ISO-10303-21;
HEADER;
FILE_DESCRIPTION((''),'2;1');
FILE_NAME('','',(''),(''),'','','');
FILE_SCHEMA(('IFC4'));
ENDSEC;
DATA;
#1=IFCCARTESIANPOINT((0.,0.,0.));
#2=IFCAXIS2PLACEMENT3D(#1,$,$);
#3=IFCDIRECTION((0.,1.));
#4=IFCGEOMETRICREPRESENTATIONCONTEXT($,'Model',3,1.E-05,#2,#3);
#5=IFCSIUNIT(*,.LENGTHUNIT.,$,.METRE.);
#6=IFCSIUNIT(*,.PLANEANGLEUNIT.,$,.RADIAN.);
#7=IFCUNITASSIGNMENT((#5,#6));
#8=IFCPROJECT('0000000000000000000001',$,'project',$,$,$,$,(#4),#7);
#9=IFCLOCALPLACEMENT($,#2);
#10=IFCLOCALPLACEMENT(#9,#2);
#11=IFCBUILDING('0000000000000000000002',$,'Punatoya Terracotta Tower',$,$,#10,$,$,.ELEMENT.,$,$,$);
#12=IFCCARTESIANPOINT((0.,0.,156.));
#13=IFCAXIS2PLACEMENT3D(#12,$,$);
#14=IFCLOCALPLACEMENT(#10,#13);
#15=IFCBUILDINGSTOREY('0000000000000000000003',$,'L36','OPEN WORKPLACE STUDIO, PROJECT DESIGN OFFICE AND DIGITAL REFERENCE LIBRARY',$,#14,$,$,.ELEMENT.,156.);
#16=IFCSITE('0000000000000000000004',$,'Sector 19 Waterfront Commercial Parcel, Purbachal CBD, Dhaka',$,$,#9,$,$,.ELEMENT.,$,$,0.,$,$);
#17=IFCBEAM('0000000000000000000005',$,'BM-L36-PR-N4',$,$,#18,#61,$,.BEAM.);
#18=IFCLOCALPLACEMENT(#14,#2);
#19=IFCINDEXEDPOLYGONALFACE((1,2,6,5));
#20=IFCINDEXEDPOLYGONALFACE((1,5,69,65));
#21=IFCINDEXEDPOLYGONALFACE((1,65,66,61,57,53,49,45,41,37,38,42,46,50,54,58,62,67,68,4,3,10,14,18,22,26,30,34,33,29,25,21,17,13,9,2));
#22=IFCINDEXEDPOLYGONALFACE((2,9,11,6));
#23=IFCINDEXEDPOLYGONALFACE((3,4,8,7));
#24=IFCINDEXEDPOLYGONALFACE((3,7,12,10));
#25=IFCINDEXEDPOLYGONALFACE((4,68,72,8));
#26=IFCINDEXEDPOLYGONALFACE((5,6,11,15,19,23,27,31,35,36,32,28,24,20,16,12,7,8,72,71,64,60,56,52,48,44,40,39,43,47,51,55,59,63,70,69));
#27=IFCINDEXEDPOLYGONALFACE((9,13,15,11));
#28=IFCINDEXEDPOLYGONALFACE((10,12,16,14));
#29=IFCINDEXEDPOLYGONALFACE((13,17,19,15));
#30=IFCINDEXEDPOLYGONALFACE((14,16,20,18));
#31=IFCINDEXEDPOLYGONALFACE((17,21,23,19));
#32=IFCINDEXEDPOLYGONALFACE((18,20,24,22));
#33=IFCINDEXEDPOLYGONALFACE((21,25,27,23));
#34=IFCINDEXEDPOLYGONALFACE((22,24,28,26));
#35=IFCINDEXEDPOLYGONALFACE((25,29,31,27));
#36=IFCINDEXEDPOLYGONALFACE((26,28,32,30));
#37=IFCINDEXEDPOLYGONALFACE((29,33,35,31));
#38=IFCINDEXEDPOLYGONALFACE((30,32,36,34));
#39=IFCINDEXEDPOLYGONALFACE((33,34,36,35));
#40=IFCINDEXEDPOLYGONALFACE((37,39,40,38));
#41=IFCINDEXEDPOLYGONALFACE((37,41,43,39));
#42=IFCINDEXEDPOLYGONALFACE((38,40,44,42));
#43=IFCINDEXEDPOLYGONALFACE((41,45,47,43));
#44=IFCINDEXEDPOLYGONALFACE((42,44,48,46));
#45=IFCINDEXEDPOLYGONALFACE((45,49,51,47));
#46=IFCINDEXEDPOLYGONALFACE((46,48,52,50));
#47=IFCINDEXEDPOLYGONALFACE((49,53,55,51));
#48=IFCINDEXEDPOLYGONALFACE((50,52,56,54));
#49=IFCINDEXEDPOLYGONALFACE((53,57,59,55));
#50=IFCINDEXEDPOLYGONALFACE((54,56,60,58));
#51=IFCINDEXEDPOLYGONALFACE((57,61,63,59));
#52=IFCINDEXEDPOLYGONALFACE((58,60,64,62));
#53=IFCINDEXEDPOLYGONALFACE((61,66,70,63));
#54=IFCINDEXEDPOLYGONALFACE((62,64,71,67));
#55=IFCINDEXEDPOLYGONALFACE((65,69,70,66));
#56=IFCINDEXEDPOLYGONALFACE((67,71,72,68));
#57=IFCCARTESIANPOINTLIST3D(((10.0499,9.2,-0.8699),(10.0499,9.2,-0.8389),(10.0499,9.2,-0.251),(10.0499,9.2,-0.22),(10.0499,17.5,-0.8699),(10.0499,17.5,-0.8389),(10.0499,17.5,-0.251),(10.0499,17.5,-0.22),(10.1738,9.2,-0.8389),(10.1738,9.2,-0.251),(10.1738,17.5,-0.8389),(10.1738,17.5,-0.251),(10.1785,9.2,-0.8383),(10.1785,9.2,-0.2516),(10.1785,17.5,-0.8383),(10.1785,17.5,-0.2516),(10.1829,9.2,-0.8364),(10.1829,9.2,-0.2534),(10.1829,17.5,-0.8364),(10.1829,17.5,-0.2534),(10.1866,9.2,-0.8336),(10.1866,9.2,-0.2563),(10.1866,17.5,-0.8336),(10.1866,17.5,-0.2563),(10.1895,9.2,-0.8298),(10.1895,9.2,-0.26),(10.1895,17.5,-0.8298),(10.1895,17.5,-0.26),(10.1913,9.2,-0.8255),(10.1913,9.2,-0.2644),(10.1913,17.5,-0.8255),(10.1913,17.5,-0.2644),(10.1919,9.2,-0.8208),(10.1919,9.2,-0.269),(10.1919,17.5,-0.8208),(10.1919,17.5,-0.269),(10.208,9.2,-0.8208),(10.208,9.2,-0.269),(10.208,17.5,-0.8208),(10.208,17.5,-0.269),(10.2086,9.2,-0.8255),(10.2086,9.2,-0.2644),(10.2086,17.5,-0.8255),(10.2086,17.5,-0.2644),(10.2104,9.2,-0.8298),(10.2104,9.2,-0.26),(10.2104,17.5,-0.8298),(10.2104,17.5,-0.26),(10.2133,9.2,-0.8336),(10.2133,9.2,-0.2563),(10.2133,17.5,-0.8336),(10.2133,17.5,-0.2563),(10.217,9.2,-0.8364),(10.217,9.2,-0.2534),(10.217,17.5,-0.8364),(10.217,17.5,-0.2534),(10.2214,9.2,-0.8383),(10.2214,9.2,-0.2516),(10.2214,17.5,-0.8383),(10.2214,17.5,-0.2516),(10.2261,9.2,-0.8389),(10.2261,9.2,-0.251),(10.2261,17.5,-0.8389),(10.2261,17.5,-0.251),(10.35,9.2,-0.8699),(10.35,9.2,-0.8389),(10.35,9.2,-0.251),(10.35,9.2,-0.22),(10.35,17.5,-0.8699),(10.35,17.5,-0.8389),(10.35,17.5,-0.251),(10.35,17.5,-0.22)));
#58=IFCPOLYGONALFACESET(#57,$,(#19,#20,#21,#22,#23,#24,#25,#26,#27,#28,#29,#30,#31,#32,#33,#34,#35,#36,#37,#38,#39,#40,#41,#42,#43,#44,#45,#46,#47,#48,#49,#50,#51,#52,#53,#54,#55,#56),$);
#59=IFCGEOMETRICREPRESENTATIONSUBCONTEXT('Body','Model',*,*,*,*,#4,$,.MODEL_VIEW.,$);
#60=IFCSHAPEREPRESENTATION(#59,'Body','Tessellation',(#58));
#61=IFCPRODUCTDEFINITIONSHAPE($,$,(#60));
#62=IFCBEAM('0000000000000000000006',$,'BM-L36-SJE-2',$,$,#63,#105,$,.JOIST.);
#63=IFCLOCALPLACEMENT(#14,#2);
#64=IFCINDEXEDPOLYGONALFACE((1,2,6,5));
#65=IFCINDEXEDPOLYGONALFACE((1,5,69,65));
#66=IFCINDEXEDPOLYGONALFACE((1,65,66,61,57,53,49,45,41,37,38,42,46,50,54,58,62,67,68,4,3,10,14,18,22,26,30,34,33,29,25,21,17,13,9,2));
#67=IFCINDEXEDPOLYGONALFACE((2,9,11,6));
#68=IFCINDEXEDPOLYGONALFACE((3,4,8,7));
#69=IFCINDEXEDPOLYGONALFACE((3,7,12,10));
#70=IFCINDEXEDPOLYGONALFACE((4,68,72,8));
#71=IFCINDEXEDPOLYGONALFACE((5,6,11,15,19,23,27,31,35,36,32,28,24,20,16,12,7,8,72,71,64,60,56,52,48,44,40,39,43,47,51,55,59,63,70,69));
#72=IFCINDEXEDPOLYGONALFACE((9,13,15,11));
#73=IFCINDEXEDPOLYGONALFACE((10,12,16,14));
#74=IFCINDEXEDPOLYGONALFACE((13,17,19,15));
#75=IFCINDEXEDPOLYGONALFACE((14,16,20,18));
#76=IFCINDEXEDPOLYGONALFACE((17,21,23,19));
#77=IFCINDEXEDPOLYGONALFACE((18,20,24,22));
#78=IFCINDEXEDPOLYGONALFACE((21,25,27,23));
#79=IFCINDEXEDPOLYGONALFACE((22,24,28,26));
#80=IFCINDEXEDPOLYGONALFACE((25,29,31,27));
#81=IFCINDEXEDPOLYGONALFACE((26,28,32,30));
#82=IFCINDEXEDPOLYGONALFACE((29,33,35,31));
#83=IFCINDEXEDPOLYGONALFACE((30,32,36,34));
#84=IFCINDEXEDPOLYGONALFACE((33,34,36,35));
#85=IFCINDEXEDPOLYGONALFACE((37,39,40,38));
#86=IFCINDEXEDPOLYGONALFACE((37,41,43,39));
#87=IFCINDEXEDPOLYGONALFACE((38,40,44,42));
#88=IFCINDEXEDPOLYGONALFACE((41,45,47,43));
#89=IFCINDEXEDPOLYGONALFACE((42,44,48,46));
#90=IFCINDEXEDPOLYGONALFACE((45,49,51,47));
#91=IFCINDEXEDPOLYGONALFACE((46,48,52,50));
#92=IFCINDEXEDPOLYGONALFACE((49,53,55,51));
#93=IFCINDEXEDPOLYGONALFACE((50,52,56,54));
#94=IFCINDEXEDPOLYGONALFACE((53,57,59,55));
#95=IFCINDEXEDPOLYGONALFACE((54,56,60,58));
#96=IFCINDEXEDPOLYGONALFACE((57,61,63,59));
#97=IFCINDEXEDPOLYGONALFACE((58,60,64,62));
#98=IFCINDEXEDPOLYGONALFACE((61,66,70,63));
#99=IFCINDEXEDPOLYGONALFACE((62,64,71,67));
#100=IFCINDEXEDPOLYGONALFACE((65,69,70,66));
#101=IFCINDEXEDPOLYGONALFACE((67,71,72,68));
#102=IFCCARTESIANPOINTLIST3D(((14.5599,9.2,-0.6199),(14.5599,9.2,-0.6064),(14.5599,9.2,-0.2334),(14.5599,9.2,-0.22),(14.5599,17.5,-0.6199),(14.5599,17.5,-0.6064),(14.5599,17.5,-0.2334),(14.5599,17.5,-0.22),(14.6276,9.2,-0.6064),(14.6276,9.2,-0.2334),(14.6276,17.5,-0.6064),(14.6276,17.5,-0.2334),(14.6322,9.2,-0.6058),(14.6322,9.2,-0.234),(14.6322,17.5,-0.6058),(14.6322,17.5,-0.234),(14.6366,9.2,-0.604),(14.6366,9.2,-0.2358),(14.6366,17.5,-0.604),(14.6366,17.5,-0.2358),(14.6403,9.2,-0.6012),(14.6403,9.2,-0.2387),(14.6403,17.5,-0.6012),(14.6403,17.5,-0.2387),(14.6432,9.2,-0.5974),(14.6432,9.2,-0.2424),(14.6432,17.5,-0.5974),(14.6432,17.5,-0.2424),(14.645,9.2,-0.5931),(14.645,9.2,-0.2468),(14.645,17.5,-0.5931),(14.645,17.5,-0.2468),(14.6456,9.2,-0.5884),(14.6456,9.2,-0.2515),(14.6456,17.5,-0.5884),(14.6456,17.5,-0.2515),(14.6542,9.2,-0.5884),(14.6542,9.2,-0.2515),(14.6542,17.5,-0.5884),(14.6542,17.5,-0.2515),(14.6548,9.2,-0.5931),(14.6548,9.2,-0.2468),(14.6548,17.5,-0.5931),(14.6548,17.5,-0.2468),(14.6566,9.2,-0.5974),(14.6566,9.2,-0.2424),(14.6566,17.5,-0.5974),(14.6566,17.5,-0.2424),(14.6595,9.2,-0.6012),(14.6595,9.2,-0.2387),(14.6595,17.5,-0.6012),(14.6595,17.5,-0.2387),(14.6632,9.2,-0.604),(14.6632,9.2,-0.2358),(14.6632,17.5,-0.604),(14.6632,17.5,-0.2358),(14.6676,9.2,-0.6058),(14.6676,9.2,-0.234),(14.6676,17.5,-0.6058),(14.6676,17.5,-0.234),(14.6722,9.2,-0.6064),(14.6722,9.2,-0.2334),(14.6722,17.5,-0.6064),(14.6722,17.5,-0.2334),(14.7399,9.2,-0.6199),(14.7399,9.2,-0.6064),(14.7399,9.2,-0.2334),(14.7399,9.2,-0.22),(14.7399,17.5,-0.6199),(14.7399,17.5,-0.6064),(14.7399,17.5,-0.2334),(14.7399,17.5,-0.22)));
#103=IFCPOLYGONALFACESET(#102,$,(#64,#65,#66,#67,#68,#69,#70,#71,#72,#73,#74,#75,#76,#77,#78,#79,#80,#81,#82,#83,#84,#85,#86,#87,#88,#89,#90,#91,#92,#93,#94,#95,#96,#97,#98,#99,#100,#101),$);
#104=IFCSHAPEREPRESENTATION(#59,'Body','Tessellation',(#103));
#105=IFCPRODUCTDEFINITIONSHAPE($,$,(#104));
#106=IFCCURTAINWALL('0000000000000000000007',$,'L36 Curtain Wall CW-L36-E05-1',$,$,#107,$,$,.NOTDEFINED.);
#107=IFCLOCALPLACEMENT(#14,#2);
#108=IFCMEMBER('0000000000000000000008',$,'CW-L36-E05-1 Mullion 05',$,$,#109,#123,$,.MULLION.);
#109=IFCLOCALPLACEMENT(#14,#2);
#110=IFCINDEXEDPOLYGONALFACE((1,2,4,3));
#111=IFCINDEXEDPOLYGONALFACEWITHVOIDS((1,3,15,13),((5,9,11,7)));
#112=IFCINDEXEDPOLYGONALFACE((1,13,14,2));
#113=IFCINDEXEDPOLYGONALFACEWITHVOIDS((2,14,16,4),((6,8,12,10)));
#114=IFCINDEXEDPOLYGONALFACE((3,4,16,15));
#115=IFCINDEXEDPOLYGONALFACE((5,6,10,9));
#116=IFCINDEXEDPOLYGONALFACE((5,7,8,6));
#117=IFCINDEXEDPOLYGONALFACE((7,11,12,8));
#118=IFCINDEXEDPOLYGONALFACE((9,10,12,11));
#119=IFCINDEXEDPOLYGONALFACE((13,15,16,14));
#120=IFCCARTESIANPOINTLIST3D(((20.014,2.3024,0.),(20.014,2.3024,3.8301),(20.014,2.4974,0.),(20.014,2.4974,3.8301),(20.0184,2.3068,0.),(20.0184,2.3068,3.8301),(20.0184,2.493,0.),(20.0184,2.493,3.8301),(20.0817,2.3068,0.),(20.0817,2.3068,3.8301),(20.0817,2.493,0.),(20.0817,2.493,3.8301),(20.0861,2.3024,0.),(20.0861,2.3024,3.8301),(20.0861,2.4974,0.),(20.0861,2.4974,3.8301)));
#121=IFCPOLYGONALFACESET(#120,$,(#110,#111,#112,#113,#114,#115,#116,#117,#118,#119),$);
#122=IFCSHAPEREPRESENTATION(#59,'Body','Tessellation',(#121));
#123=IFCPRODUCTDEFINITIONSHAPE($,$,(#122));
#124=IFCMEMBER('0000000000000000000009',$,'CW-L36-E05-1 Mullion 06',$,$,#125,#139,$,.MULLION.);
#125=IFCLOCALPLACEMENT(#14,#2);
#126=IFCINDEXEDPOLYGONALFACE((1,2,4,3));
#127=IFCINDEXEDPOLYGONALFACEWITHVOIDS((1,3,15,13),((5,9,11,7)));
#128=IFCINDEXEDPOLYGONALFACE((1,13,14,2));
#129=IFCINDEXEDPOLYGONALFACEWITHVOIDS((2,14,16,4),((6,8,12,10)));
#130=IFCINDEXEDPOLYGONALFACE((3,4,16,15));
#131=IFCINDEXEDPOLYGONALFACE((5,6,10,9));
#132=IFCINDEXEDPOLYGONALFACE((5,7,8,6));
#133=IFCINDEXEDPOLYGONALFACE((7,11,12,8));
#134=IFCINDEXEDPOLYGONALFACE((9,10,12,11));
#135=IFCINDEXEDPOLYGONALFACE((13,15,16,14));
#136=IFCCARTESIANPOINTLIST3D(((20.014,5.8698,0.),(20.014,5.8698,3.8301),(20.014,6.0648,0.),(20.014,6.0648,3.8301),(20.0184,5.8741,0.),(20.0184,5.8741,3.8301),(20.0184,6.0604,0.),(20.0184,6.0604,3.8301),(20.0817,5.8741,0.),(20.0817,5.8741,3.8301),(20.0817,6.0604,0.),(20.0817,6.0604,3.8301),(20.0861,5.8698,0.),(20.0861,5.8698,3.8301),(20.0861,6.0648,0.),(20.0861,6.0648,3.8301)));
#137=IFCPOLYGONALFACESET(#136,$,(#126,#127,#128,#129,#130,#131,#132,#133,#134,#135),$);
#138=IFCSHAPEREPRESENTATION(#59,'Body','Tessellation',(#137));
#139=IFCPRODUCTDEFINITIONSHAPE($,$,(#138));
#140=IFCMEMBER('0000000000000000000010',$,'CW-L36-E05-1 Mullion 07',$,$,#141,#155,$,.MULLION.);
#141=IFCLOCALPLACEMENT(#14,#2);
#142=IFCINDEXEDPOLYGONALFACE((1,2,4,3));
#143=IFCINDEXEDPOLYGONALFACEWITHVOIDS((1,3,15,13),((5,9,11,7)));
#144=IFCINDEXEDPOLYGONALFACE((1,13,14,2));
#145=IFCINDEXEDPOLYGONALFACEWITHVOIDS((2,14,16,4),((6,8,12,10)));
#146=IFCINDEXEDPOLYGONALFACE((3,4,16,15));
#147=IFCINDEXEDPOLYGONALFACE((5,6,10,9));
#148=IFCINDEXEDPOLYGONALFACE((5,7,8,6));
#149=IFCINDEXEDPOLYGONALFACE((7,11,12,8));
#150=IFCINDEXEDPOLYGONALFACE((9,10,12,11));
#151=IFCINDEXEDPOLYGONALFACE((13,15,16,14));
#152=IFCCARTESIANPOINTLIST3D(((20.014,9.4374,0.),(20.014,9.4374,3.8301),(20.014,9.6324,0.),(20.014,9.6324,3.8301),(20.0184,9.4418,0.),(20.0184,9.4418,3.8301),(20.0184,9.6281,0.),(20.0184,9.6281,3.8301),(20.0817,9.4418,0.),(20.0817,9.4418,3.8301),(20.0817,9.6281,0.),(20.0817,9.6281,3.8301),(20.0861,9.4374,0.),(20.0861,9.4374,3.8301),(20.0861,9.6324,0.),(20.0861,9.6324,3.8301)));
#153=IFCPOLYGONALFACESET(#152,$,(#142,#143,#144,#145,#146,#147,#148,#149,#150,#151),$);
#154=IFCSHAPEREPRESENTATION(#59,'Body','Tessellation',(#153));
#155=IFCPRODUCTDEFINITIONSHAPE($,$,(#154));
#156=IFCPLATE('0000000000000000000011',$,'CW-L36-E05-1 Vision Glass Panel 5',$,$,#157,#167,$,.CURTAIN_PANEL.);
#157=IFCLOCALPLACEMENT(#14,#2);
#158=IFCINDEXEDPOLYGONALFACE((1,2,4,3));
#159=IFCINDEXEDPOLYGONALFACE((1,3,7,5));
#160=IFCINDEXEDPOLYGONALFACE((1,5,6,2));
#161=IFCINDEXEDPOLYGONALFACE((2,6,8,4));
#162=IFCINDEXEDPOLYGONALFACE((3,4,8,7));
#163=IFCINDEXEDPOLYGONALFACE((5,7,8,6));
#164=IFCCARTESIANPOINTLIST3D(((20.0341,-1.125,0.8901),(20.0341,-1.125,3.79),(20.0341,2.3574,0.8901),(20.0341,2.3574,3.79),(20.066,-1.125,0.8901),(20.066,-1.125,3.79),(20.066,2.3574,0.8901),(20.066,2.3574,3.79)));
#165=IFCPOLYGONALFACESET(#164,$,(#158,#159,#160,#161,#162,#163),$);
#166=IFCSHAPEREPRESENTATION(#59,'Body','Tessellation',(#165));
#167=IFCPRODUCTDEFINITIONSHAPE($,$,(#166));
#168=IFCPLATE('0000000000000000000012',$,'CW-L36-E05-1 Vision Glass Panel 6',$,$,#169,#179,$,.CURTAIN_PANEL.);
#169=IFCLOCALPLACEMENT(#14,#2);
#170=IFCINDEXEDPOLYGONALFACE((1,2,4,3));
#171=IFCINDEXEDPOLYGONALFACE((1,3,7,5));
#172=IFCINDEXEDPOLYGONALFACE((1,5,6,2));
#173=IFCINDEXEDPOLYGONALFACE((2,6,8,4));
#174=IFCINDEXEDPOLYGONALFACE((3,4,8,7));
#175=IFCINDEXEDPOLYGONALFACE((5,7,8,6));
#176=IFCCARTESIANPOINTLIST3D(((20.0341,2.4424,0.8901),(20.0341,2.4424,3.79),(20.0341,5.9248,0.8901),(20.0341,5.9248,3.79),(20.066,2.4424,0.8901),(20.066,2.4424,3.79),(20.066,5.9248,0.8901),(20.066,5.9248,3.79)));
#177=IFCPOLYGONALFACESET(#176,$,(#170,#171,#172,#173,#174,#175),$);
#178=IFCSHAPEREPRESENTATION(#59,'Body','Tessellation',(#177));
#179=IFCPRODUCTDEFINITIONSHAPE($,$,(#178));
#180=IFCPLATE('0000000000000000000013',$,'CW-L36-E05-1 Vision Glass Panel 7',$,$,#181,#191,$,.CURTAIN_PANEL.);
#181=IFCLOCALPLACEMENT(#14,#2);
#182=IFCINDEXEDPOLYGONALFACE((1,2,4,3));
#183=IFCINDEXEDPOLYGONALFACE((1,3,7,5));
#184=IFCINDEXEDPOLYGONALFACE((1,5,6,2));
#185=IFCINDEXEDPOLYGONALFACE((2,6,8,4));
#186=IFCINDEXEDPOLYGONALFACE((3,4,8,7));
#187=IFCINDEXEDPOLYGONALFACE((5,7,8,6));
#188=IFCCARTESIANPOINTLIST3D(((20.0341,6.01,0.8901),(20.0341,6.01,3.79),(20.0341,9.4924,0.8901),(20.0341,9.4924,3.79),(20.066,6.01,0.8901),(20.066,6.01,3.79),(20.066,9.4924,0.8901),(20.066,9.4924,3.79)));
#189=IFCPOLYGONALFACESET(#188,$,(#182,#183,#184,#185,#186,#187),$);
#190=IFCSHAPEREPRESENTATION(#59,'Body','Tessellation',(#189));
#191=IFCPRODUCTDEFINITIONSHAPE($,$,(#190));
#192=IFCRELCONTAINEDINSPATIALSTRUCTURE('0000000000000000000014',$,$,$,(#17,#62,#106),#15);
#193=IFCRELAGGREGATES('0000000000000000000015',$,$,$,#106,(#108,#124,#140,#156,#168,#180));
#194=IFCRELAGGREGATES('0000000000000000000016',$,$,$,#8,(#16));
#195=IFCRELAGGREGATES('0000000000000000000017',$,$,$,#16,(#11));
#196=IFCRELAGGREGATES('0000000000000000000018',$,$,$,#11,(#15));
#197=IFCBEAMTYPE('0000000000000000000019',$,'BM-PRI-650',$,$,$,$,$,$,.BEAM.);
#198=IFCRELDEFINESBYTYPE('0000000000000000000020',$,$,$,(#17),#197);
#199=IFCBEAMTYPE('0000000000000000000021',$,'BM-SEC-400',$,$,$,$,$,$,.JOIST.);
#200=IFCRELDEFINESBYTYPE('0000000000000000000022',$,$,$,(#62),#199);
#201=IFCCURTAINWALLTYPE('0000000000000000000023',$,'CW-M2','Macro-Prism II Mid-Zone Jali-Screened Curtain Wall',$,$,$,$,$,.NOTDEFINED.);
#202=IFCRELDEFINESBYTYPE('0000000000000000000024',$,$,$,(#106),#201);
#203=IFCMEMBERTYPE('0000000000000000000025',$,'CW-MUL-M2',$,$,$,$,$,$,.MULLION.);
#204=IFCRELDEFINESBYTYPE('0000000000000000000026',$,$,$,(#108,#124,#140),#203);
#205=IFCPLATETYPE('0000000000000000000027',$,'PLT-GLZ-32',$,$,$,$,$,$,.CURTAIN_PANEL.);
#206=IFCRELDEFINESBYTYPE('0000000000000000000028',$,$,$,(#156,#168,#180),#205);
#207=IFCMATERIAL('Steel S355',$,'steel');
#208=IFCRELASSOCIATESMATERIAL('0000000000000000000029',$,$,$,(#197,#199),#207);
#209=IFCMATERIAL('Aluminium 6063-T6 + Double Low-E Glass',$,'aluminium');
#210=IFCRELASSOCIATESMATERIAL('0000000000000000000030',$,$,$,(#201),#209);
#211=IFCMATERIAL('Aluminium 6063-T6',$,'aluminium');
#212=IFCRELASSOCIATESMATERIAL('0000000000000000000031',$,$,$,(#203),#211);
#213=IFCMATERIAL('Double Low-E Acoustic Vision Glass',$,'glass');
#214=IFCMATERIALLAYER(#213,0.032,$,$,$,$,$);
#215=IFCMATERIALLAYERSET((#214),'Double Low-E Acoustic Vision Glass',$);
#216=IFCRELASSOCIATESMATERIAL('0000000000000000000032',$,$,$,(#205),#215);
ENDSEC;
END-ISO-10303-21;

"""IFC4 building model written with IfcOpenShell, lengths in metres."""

from ifc_helpers import new_model, si_unit, direction, frame, origin, origin_2d, place, context, subcontext, project, spatial, rectangle, hollow_rectangle, i_section, extrude, material, layer, layer_set, material_profile, profile_set, type_object, element, aggregate, save


model = new_model("IFC4")

# Units and contexts
model_context = context("Model", 3, precision=1e-05, world=origin(), true_north=direction((0.0, 1.0)))
body_context = subcontext(model_context, "Body", "Model", "MODEL_VIEW")
ifc_project = project(units=[si_unit("LENGTHUNIT", "METRE"), si_unit("PLANEANGLEUNIT", "RADIAN")], contexts=[model_context])

# Site, building, storey
site_placement = place(None, origin())
site = spatial("IfcSite", under=ifc_project, at=site_placement, Name="Sector 19 Waterfront Commercial Parcel, Purbachal CBD, Dhaka", CompositionType="ELEMENT", RefElevation=0.0)
building_placement = place(site_placement, origin())
building = spatial("IfcBuilding", under=site, at=building_placement, Name="Punatoya Terracotta Tower", CompositionType="ELEMENT")
storey_placement = place(building_placement, frame((0.0, 0.0, 156.0)))
storey = spatial("IfcBuildingStorey", under=building, at=storey_placement, Name="L36", Description="OPEN WORKPLACE STUDIO, PROJECT DESIGN OFFICE AND DIGITAL REFERENCE LIBRARY", CompositionType="ELEMENT", Elevation=156.0)

# Beams
ifc_material_1 = material(Name="Steel S355", Category="steel")
ifc_material_profile_1 = material_profile(ifc_material_1, i_section(OverallWidth=0.3, OverallDepth=0.6499, WebThickness=0.0161, FlangeThickness=0.031, FilletRadius=0.0181, at=origin_2d()))
ifc_profile_set_1 = profile_set([ifc_material_profile_1], Name="Steel S355")
beam_type_1 = type_object("IfcBeamType", Name="BM-PRI-650", PredefinedType="BEAM", material=ifc_profile_set_1)
beam_1_placement = place(storey_placement, frame((10.2, 9.2, -0.5449), z_axis=(0.0, 1.0, 0.0), x_axis=(-1.0, 0.0, 0.0)))
element("IfcBeam", 1, at=beam_1_placement, inside=storey, type_object=beam_type_1, Name="BM-L36-PR-N4", PredefinedType="BEAM", context=body_context, shape_type="SweptSolid", body=[
    extrude(i_section(OverallWidth=0.3, OverallDepth=0.6499, WebThickness=0.0161, FlangeThickness=0.031, FilletRadius=0.0181, at=origin_2d()), origin(), (0.0, 0.0, 1.0), 8.3),
])
ifc_material_profile_2 = material_profile(ifc_material_1, i_section(OverallWidth=0.1799, OverallDepth=0.3999, WebThickness=0.0085, FlangeThickness=0.0134, FilletRadius=0.0181, at=origin_2d()))
ifc_profile_set_2 = profile_set([ifc_material_profile_2], Name="Steel S355")
beam_type_2 = type_object("IfcBeamType", Name="BM-SEC-400", PredefinedType="JOIST", material=ifc_profile_set_2)
beam_2_placement = place(storey_placement, frame((14.6499, 9.2, -0.4199), z_axis=(0.0, 1.0, 0.0), x_axis=(-1.0, 0.0, 0.0)))
element("IfcBeam", 2, at=beam_2_placement, inside=storey, type_object=beam_type_2, Name="BM-L36-SJE-2", PredefinedType="JOIST", context=body_context, shape_type="SweptSolid", body=[
    extrude(i_section(OverallWidth=0.1799, OverallDepth=0.3999, WebThickness=0.0085, FlangeThickness=0.0134, FilletRadius=0.0181, at=origin_2d()), origin(), (0.0, 0.0, 1.0), 8.3),
])

# Curtain wall, members, plates
ifc_material_2 = material(Name="Aluminium 6063-T6 + Double Low-E Glass", Category="aluminium")
curtain_wall_type = type_object("IfcCurtainWallType", Name="CW-M2", Description="Macro-Prism II Mid-Zone Jali-Screened Curtain Wall", PredefinedType="NOTDEFINED", material=ifc_material_2)
curtain_wall_placement = place(storey_placement, origin())
curtain_wall = element("IfcCurtainWall", 3, at=curtain_wall_placement, inside=storey, type_object=curtain_wall_type, Name="L36 Curtain Wall CW-L36-E05-1", PredefinedType="NOTDEFINED")
ifc_material_3 = material(Name="Aluminium 6063-T6", Category="aluminium")
ifc_material_profile_3 = material_profile(ifc_material_3, hollow_rectangle(XDim=0.072, YDim=0.1951, WallThickness=0.0044, at=origin_2d()))
ifc_profile_set_3 = profile_set([ifc_material_profile_3], Name="Aluminium 6063-T6")
member_type = type_object("IfcMemberType", Name="CW-MUL-M2", PredefinedType="MULLION", material=ifc_profile_set_3)
member_1_placement = place(storey_placement, frame((20.05, 2.3999, 0.0), z_axis=(0.0, 0.0, 1.0), x_axis=(1.0, 0.0, 0.0)))
member_1 = element("IfcMember", 4, at=member_1_placement, type_object=member_type, Name="CW-L36-E05-1 Mullion 05", PredefinedType="MULLION", context=body_context, shape_type="SweptSolid", body=[
    extrude(hollow_rectangle(XDim=0.072, YDim=0.1951, WallThickness=0.0044, at=origin_2d()), origin(), (0.0, 0.0, 1.0), 3.8301),
])
member_2_placement = place(storey_placement, frame((20.05, 5.9673, 0.0), z_axis=(0.0, 0.0, 1.0), x_axis=(1.0, 0.0, 0.0)))
member_2 = element("IfcMember", 5, at=member_2_placement, type_object=member_type, Name="CW-L36-E05-1 Mullion 06", PredefinedType="MULLION", context=body_context, shape_type="SweptSolid", body=[
    extrude(hollow_rectangle(XDim=0.072, YDim=0.1951, WallThickness=0.0044, at=origin_2d()), origin(), (0.0, 0.0, 1.0), 3.8301),
])
member_3_placement = place(storey_placement, frame((20.05, 9.5349, 0.0), z_axis=(0.0, 0.0, 1.0), x_axis=(1.0, 0.0, 0.0)))
member_3 = element("IfcMember", 6, at=member_3_placement, type_object=member_type, Name="CW-L36-E05-1 Mullion 07", PredefinedType="MULLION", context=body_context, shape_type="SweptSolid", body=[
    extrude(hollow_rectangle(XDim=0.072, YDim=0.1951, WallThickness=0.0044, at=origin_2d()), origin(), (0.0, 0.0, 1.0), 3.8301),
])
ifc_material_4 = material(Name="Double Low-E Acoustic Vision Glass", Category="glass")
ifc_layer_1 = layer(ifc_material_4, 0.032)
ifc_layer_set_1 = layer_set([ifc_layer_1], Name="Double Low-E Acoustic Vision Glass")
plate_type_1 = type_object("IfcPlateType", Name="PLT-GLZ-32", PredefinedType="CURTAIN_PANEL", material=ifc_layer_set_1)
plate_1_placement = place(storey_placement, frame((20.05, 0.6162, 0.8901), z_axis=(0.0, 0.0, 1.0), x_axis=(0.0, 1.0, 0.0)))
plate_1 = element("IfcPlate", 7, at=plate_1_placement, type_object=plate_type_1, Name="CW-L36-E05-1 Vision Glass Panel 5", PredefinedType="CURTAIN_PANEL", context=body_context, shape_type="SweptSolid", body=[
    extrude(rectangle(XDim=3.4824, YDim=0.032, at=origin_2d()), origin(), (0.0, 0.0, 1.0), 2.8999),
])
plate_2_placement = place(storey_placement, frame((20.05, 4.1836, 0.8901), z_axis=(0.0, 0.0, 1.0), x_axis=(0.0, 1.0, 0.0)))
plate_2 = element("IfcPlate", 8, at=plate_2_placement, type_object=plate_type_1, Name="CW-L36-E05-1 Vision Glass Panel 6", PredefinedType="CURTAIN_PANEL", context=body_context, shape_type="SweptSolid", body=[
    extrude(rectangle(XDim=3.4824, YDim=0.032, at=origin_2d()), origin(), (0.0, 0.0, 1.0), 2.8999),
])
plate_3_placement = place(storey_placement, frame((20.05, 7.7512, 0.8901), z_axis=(0.0, 0.0, 1.0), x_axis=(0.0, 1.0, 0.0)))
plate_3 = element("IfcPlate", 9, at=plate_3_placement, type_object=plate_type_1, Name="CW-L36-E05-1 Vision Glass Panel 7", PredefinedType="CURTAIN_PANEL", context=body_context, shape_type="SweptSolid", body=[
    extrude(rectangle(XDim=3.4824, YDim=0.032, at=origin_2d()), origin(), (0.0, 0.0, 1.0), 2.8999),
])
aggregate(curtain_wall, [member_1, member_2, member_3, plate_1, plate_2, plate_3])

save(model, "model.ifc")
